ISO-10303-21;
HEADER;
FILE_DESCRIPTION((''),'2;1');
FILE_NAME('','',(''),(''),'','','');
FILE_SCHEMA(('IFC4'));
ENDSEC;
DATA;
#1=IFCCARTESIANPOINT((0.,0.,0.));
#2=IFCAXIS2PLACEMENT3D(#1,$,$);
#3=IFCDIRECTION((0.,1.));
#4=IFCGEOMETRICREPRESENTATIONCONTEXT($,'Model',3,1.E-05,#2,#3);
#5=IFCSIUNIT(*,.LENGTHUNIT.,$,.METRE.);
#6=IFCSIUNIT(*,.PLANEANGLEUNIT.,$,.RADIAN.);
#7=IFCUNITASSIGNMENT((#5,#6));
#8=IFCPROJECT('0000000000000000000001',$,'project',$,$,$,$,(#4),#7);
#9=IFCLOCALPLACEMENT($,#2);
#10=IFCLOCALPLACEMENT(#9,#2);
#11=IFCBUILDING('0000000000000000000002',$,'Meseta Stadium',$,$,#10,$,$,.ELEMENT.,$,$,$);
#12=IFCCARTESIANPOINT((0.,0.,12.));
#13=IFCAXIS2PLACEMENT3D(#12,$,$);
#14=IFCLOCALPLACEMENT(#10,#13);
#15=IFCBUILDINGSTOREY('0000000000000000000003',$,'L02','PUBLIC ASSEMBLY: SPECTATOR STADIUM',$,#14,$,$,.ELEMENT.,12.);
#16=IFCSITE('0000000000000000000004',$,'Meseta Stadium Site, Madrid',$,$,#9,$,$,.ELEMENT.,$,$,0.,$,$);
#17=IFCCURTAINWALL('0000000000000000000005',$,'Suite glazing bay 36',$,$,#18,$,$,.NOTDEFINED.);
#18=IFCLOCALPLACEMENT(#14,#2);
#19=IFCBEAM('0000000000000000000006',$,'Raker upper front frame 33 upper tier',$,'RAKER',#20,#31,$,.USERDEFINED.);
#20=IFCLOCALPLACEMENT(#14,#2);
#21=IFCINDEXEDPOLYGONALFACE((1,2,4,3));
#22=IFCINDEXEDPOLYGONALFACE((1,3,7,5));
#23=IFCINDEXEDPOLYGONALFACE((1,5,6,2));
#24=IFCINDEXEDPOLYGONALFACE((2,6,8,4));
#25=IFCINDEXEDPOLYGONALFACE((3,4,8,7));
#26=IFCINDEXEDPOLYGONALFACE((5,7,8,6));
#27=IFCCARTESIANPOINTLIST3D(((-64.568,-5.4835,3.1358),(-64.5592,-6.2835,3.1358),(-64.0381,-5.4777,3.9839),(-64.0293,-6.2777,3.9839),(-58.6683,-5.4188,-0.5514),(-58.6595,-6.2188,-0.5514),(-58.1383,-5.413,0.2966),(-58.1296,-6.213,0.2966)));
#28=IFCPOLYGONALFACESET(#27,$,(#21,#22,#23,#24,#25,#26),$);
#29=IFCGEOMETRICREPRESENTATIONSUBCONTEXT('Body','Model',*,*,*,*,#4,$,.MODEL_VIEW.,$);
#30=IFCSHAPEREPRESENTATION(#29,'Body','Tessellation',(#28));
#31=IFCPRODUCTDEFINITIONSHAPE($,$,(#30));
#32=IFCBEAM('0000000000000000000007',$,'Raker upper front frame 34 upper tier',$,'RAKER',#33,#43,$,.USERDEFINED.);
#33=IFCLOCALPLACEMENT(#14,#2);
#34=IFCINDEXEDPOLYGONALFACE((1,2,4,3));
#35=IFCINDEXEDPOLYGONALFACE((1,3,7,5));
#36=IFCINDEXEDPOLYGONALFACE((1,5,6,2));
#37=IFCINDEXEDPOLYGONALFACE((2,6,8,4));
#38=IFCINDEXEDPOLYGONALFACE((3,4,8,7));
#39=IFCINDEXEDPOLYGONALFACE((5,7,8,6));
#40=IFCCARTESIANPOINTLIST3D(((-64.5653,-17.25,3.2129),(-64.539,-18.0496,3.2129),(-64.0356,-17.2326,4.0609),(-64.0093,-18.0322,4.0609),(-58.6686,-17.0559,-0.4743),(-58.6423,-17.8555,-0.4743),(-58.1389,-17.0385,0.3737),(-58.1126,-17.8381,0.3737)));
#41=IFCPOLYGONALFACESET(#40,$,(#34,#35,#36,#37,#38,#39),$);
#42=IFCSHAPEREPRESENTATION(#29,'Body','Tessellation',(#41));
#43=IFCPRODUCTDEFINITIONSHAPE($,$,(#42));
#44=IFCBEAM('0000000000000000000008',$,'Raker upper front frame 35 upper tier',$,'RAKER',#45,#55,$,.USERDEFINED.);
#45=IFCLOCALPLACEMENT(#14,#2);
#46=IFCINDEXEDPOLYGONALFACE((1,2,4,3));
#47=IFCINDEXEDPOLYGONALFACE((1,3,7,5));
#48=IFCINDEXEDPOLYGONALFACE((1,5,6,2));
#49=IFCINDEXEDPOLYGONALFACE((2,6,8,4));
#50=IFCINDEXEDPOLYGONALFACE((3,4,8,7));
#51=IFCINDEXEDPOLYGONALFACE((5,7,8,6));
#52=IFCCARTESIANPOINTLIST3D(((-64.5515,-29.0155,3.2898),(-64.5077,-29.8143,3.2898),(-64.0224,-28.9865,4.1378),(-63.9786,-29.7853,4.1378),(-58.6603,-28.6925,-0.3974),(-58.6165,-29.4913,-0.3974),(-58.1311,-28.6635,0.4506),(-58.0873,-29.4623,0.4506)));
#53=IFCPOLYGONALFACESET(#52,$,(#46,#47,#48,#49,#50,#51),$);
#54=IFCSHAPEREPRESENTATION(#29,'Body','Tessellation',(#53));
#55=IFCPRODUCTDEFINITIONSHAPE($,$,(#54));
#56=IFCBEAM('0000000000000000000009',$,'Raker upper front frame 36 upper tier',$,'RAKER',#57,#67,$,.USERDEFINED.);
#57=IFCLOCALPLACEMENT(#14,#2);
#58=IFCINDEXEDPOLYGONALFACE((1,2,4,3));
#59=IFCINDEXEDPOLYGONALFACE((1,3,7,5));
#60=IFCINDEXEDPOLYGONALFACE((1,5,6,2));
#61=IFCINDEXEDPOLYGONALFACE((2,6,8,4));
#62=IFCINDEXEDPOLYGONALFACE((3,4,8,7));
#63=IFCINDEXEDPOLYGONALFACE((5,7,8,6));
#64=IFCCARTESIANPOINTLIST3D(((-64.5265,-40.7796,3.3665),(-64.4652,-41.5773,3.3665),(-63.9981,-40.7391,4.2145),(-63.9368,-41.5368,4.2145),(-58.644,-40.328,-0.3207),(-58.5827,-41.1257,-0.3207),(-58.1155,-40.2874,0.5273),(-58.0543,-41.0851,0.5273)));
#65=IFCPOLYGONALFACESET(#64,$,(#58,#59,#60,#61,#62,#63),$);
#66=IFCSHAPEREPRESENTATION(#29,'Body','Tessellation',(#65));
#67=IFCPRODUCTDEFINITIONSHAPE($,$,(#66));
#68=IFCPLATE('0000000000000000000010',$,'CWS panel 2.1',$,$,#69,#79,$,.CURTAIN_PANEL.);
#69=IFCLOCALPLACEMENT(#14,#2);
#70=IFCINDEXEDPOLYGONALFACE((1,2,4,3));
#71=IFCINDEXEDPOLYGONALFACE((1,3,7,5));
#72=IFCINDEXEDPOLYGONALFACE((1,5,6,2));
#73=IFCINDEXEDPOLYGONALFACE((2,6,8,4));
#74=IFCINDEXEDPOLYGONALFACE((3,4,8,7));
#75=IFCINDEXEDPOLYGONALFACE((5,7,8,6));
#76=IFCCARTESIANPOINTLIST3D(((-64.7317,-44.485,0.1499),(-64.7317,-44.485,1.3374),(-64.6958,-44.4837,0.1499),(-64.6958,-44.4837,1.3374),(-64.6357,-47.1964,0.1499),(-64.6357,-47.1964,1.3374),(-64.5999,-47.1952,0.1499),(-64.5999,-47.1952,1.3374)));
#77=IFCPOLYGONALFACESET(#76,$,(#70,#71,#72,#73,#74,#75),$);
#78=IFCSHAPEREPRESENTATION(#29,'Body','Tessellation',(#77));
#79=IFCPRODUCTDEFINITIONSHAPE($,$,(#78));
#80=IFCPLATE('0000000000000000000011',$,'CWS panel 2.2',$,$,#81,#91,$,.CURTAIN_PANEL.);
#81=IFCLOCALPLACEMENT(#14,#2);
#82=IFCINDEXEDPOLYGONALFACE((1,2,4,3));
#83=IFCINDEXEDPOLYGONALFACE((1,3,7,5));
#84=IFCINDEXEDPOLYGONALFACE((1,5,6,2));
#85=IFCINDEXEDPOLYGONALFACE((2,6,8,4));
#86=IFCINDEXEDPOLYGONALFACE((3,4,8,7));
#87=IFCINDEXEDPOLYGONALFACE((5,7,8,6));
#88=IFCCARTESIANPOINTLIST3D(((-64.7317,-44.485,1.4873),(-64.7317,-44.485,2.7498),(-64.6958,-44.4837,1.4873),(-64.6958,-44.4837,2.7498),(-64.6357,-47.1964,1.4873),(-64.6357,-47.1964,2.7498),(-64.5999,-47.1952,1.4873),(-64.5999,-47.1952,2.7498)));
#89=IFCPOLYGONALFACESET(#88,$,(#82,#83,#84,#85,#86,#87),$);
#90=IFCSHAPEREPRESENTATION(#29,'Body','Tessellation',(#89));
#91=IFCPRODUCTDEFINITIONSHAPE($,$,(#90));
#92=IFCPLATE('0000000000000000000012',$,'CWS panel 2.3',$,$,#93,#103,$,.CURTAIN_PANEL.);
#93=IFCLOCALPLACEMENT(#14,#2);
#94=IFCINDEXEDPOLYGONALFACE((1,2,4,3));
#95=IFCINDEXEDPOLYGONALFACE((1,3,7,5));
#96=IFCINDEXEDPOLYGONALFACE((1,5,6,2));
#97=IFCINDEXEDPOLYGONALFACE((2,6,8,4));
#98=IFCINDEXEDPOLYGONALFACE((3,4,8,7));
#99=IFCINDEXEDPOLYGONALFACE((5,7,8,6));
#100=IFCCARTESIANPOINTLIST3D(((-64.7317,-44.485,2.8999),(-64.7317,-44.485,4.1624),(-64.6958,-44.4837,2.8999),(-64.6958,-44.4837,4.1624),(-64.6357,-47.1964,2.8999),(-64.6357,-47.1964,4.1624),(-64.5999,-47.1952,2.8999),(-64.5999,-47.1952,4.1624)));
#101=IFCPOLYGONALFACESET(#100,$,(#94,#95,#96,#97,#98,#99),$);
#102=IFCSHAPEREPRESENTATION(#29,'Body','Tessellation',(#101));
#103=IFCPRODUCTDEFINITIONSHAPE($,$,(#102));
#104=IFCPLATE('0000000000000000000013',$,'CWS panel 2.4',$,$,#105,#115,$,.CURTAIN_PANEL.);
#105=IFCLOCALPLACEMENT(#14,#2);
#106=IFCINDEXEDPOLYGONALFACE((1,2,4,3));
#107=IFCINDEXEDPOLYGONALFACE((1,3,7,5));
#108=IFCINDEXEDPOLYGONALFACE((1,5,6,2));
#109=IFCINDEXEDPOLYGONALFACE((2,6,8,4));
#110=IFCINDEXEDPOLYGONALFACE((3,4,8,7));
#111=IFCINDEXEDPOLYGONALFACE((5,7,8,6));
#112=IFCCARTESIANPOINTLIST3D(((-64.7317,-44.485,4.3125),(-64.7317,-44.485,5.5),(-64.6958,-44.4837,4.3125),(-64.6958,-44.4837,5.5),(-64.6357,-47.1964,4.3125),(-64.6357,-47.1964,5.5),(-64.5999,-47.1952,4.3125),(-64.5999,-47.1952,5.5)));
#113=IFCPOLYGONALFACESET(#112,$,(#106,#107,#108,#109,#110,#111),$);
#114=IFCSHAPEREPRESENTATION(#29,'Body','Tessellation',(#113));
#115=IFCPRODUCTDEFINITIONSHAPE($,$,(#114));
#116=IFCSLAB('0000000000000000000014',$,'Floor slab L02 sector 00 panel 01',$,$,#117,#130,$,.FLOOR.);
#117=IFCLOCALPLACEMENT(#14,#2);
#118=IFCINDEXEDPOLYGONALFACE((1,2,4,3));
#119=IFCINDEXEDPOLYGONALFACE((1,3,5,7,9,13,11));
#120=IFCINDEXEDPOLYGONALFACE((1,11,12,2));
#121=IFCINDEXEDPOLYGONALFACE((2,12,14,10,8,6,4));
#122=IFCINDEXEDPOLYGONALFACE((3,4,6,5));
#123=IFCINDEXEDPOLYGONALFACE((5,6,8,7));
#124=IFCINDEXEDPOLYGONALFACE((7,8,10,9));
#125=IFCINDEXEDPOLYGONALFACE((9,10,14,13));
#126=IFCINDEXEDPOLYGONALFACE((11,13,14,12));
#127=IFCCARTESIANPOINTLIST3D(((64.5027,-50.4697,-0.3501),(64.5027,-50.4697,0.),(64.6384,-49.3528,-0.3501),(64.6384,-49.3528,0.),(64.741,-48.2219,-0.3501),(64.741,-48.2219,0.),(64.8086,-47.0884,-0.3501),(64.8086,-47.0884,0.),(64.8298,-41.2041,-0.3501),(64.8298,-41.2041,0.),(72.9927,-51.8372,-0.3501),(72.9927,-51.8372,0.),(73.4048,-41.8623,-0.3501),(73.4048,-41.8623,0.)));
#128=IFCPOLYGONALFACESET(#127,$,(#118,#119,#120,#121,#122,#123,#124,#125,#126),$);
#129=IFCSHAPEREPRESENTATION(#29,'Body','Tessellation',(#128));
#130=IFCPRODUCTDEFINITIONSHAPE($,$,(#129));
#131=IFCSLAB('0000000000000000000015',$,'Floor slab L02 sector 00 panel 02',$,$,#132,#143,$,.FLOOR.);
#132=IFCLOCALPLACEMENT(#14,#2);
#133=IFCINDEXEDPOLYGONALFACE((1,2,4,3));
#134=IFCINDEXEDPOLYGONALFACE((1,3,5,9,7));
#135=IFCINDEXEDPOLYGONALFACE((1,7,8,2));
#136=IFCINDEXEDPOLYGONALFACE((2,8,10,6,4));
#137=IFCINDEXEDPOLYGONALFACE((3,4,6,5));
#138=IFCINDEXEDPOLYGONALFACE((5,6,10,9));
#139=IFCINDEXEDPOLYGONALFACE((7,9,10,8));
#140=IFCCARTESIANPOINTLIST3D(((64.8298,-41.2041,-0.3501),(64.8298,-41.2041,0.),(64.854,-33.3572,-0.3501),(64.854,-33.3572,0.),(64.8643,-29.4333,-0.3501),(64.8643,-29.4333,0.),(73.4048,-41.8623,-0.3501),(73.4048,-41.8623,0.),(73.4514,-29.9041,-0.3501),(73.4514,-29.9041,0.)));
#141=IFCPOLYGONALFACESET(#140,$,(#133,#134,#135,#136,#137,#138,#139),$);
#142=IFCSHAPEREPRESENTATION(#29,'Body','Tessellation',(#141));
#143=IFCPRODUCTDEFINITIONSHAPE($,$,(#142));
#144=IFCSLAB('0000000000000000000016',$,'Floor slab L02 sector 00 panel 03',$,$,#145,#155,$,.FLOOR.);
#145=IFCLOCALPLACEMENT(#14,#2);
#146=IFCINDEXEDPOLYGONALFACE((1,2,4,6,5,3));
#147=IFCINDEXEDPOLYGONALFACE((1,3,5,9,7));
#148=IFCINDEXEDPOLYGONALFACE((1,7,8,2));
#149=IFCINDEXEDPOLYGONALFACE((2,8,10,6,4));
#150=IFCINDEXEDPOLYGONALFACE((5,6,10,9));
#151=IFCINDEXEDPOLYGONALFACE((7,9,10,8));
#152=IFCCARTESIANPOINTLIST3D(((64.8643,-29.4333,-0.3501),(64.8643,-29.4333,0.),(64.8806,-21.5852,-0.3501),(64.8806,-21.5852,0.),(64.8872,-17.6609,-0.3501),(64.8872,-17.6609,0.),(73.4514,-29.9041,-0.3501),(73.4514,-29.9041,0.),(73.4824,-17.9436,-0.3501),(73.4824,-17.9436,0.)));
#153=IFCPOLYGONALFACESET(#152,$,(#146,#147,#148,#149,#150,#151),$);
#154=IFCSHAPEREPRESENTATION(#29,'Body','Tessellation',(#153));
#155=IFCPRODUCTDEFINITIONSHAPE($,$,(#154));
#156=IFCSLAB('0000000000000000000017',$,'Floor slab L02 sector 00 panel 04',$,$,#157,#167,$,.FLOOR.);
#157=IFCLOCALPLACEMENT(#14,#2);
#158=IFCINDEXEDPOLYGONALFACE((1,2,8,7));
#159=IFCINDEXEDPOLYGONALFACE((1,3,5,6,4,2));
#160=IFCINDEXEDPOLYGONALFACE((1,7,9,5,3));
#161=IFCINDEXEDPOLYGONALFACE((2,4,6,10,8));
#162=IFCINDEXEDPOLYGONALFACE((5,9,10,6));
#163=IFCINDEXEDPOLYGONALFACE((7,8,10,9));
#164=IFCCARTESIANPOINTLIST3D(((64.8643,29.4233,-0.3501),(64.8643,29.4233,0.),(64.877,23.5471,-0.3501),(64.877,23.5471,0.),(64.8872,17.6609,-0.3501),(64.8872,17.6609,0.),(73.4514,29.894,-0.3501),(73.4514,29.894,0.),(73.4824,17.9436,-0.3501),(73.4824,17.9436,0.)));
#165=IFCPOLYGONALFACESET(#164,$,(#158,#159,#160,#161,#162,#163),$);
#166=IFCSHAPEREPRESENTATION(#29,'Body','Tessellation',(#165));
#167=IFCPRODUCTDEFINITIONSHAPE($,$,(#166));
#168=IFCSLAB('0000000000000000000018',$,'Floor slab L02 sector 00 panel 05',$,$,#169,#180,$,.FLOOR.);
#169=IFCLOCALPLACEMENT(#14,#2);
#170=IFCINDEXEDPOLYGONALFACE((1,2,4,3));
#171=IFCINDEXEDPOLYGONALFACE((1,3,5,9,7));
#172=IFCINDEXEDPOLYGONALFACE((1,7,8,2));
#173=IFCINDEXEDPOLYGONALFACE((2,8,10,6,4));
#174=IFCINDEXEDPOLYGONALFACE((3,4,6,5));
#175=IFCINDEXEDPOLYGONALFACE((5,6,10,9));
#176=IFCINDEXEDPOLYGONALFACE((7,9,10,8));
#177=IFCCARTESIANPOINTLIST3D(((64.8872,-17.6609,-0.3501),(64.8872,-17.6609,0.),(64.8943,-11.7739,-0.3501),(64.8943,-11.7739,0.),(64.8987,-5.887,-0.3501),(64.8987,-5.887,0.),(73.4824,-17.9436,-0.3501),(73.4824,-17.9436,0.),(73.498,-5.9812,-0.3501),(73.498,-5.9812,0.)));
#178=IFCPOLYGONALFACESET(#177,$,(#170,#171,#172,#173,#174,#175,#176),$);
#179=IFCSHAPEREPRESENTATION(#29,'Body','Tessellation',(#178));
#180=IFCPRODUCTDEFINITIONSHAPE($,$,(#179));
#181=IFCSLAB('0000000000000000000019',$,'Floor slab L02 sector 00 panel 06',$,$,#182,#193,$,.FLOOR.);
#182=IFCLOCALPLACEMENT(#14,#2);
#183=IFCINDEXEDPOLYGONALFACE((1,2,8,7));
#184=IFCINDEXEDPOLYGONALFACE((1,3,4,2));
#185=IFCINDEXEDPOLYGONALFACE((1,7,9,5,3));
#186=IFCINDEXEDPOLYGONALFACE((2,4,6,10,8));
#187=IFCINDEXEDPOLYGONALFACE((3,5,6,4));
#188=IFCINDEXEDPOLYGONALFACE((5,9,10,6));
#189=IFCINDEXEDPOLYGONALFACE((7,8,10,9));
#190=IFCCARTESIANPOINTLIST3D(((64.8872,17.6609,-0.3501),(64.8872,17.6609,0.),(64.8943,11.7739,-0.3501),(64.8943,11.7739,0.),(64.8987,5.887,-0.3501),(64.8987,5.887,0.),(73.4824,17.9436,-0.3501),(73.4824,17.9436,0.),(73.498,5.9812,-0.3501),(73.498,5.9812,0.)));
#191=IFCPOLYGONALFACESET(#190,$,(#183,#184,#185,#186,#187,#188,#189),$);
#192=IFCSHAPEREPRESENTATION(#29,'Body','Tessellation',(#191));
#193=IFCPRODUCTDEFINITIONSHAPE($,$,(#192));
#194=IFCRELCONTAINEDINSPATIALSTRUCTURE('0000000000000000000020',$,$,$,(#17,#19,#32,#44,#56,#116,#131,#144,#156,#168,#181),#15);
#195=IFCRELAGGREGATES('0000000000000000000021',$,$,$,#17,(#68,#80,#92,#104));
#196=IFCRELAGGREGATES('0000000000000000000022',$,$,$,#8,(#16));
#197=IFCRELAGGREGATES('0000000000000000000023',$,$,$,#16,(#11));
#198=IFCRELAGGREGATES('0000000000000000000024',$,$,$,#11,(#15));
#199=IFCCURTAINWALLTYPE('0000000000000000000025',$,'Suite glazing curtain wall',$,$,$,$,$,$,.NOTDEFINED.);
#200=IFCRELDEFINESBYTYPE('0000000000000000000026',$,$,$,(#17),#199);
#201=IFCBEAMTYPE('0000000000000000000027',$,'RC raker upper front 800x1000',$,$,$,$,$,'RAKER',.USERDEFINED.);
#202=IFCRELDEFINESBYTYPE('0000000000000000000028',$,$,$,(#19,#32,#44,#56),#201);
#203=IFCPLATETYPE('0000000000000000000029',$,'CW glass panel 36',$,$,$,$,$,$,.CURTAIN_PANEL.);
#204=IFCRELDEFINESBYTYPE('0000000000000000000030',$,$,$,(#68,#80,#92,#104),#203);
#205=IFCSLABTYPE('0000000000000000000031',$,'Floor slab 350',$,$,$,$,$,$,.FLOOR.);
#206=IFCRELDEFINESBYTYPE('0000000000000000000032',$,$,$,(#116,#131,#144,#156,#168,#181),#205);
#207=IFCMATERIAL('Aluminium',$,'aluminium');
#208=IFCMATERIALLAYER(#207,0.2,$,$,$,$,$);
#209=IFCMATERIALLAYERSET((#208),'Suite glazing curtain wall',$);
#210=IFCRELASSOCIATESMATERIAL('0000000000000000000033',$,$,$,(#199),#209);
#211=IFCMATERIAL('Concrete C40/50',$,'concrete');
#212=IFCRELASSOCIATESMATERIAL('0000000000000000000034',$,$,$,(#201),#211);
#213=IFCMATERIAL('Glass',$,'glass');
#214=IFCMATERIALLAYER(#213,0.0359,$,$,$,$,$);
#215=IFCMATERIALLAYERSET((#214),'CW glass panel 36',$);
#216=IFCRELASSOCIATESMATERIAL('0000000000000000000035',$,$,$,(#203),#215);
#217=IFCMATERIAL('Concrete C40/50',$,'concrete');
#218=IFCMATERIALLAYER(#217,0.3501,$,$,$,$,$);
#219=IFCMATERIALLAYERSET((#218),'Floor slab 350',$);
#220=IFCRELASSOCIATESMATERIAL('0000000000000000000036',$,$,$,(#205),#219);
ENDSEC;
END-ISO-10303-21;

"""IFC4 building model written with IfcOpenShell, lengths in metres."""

from ifc_helpers import new_model, si_unit, direction, frame, origin, origin_2d, place, context, subcontext, project, spatial, polyline, rectangle, outline, extrude, material, layer, layer_set, material_profile, profile_set, type_object, element, aggregate, save


model = new_model("IFC4")

# Units and contexts
model_context = context("Model", 3, precision=1e-05, world=origin(), true_north=direction((0.0, 1.0)))
body_context = subcontext(model_context, "Body", "Model", "MODEL_VIEW")
ifc_project = project(units=[si_unit("LENGTHUNIT", "METRE"), si_unit("PLANEANGLEUNIT", "RADIAN")], contexts=[model_context])

# Site, building, storey
site_placement = place(None, origin())
site = spatial("IfcSite", under=ifc_project, at=site_placement, Name="Meseta Stadium Site, Madrid", CompositionType="ELEMENT", RefElevation=0.0)
building_placement = place(site_placement, origin())
building = spatial("IfcBuilding", under=site, at=building_placement, Name="Meseta Stadium", CompositionType="ELEMENT")
storey_placement = place(building_placement, frame((0.0, 0.0, 12.0)))
storey = spatial("IfcBuildingStorey", under=building, at=storey_placement, Name="L02", Description="PUBLIC ASSEMBLY: SPECTATOR STADIUM", CompositionType="ELEMENT", Elevation=12.0)

# Curtain wall
ifc_material_1 = material(Name="Aluminium", Category="aluminium")
ifc_layer_1 = layer(ifc_material_1, 0.2)
ifc_layer_set_1 = layer_set([ifc_layer_1], Name="Suite glazing curtain wall")
curtain_wall_type = type_object("IfcCurtainWallType", Name="Suite glazing curtain wall", PredefinedType="NOTDEFINED", material=ifc_layer_set_1)
curtain_wall_placement = place(storey_placement, origin())
curtain_wall = element("IfcCurtainWall", 1, at=curtain_wall_placement, inside=storey, type_object=curtain_wall_type, Name="Suite glazing bay 36", PredefinedType="NOTDEFINED")

# Beams
ifc_material_2 = material(Name="Concrete C40/50", Category="concrete")
ifc_material_profile_1 = material_profile(ifc_material_2, rectangle(XDim=0.8, YDim=1.0, at=origin_2d()), Name="RC 800x1000")
ifc_profile_set_1 = profile_set([ifc_material_profile_1], Name="Concrete C40/50")
beam_type = type_object("IfcBeamType", Name="RC raker upper front 800x1000", ElementType="RAKER", PredefinedType="USERDEFINED", material=ifc_profile_set_1)
beam_1_placement = place(storey_placement, frame((-58.3989, -5.8159, -0.1274), z_axis=(-0.847964, -0.009299, 0.529973), x_axis=(0.010966, -0.99994, 0.0)))
element("IfcBeam", 2, at=beam_1_placement, inside=storey, type_object=beam_type, Name="Raker upper front frame 33 upper tier", ObjectType="RAKER", PredefinedType="USERDEFINED", context=body_context, shape_type="SweptSolid", body=[
    extrude(rectangle(XDim=0.8, YDim=1.0, at=origin_2d()), origin(), (0.0, 0.0, 1.0), 6.9575),
])
beam_2_placement = place(storey_placement, frame((-58.3906, -17.447, -0.0503), z_axis=(-0.847552, -0.027897, 0.529979), x_axis=(0.032897, -0.999459, 0.0)))
element("IfcBeam", 3, at=beam_2_placement, inside=storey, type_object=beam_type, Name="Raker upper front frame 34 upper tier", ObjectType="RAKER", PredefinedType="USERDEFINED", context=body_context, shape_type="SweptSolid", body=[
    extrude(rectangle(XDim=0.8, YDim=1.0, at=origin_2d()), origin(), (0.0, 0.0, 1.0), 6.9573),
])
beam_3_placement = place(storey_placement, frame((-58.3738, -29.0774, 0.0266), z_axis=(-0.846751, -0.046424, 0.52996), x_axis=(0.054744, -0.9985, 0.0)))
element("IfcBeam", 4, at=beam_3_placement, inside=storey, type_object=beam_type, Name="Raker upper front frame 35 upper tier", ObjectType="RAKER", PredefinedType="USERDEFINED", context=body_context, shape_type="SweptSolid", body=[
    extrude(rectangle(XDim=0.8, YDim=1.0, at=origin_2d()), origin(), (0.0, 0.0, 1.0), 6.9575),
])
beam_4_placement = place(storey_placement, frame((-58.3491, -40.7065, 0.1033), z_axis=(-0.845521, -0.064919, 0.529981), x_axis=(0.076554, -0.997065, 0.0)))
element("IfcBeam", 5, at=beam_4_placement, inside=storey, type_object=beam_type, Name="Raker upper front frame 36 upper tier", ObjectType="RAKER", PredefinedType="USERDEFINED", context=body_context, shape_type="SweptSolid", body=[
    extrude(rectangle(XDim=0.8, YDim=1.0, at=origin_2d()), origin(), (0.0, 0.0, 1.0), 6.9573),
])

# Plates
ifc_material_3 = material(Name="Glass", Category="glass")
ifc_layer_2 = layer(ifc_material_3, 0.0359)
ifc_layer_set_2 = layer_set([ifc_layer_2], Name="CW glass panel 36")
plate_type = type_object("IfcPlateType", Name="CW glass panel 36", PredefinedType="CURTAIN_PANEL", material=ifc_layer_set_2)
plate_1_placement = place(storey_placement, frame((-64.6658, -45.8401, 0.1499), z_axis=(0.0, 0.0, 1.0), x_axis=(0.035371, -0.999374, 0.0)))
plate_1 = element("IfcPlate", 6, at=plate_1_placement, type_object=plate_type, Name="CWS panel 2.1", PredefinedType="CURTAIN_PANEL", context=body_context, shape_type="SweptSolid", body=[
    extrude(rectangle(XDim=2.7131, YDim=0.0359, at=origin_2d()), origin(), (0.0, 0.0, 1.0), 1.1875),
])
plate_2_placement = place(storey_placement, frame((-64.6658, -45.8401, 1.4873), z_axis=(0.0, 0.0, 1.0), x_axis=(0.035371, -0.999374, 0.0)))
plate_2 = element("IfcPlate", 7, at=plate_2_placement, type_object=plate_type, Name="CWS panel 2.2", PredefinedType="CURTAIN_PANEL", context=body_context, shape_type="SweptSolid", body=[
    extrude(rectangle(XDim=2.7131, YDim=0.0359, at=origin_2d()), origin(), (0.0, 0.0, 1.0), 1.2625),
])
plate_3_placement = place(storey_placement, frame((-64.6658, -45.8401, 2.8999), z_axis=(0.0, 0.0, 1.0), x_axis=(0.035371, -0.999374, 0.0)))
plate_3 = element("IfcPlate", 8, at=plate_3_placement, type_object=plate_type, Name="CWS panel 2.3", PredefinedType="CURTAIN_PANEL", context=body_context, shape_type="SweptSolid", body=[
    extrude(rectangle(XDim=2.7131, YDim=0.0359, at=origin_2d()), origin(), (0.0, 0.0, 1.0), 1.2625),
])
plate_4_placement = place(storey_placement, frame((-64.6658, -45.8401, 4.3125), z_axis=(0.0, 0.0, 1.0), x_axis=(0.035371, -0.999374, 0.0)))
plate_4 = element("IfcPlate", 9, at=plate_4_placement, type_object=plate_type, Name="CWS panel 2.4", PredefinedType="CURTAIN_PANEL", context=body_context, shape_type="SweptSolid", body=[
    extrude(rectangle(XDim=2.7131, YDim=0.0359, at=origin_2d()), origin(), (0.0, 0.0, 1.0), 1.1875),
])
aggregate(curtain_wall, [plate_1, plate_2, plate_3, plate_4])

# Slabs
ifc_material_4 = material(Name="Concrete C40/50", Category="concrete")
ifc_layer_3 = layer(ifc_material_4, 0.3501)
ifc_layer_set_3 = layer_set([ifc_layer_3], Name="Floor slab 350")
slab_type_1 = type_object("IfcSlabType", Name="Floor slab 350", PredefinedType="FLOOR", material=ifc_layer_set_3)
slab_1_placement = place(storey_placement, frame((0.0, 0.0, -0.3501)))
element("IfcSlab", 10, at=slab_1_placement, inside=storey, type_object=slab_type_1, Name="Floor slab L02 sector 00 panel 01", PredefinedType="FLOOR", context=body_context, shape_type="SweptSolid", body=[
    extrude(outline(polyline([(64.6384, -49.3528), (64.5027, -50.4697), (72.9927, -51.8372), (73.4048, -41.8623), (64.8298, -41.2041), (64.8086, -47.0884), (64.741, -48.2219), (64.6384, -49.3528)])), origin(), (0.0, 0.0, 1.0), 0.3501),
])
slab_2_placement = place(storey_placement, frame((0.0, 0.0, -0.3501)))
element("IfcSlab", 11, at=slab_2_placement, inside=storey, type_object=slab_type_1, Name="Floor slab L02 sector 00 panel 02", PredefinedType="FLOOR", context=body_context, shape_type="SweptSolid", body=[
    extrude(outline(polyline([(64.854, -33.3572), (64.8298, -41.2041), (73.4048, -41.8623), (73.4514, -29.9041), (64.8643, -29.4333), (64.854, -33.3572)])), origin(), (0.0, 0.0, 1.0), 0.3501),
])
slab_3_placement = place(storey_placement, frame((0.0, 0.0, -0.3501)))
element("IfcSlab", 12, at=slab_3_placement, inside=storey, type_object=slab_type_1, Name="Floor slab L02 sector 00 panel 03", PredefinedType="FLOOR", context=body_context, shape_type="SweptSolid", body=[
    extrude(outline(polyline([(64.8806, -21.5852), (64.8643, -29.4333), (73.4514, -29.9041), (73.4824, -17.9436), (64.8872, -17.6609), (64.8806, -21.5852)])), origin(), (0.0, 0.0, 1.0), 0.3501),
])
slab_4_placement = place(storey_placement, frame((0.0, 0.0, -0.3501)))
element("IfcSlab", 13, at=slab_4_placement, inside=storey, type_object=slab_type_1, Name="Floor slab L02 sector 00 panel 04", PredefinedType="FLOOR", context=body_context, shape_type="SweptSolid", body=[
    extrude(outline(polyline([(73.4514, 29.894), (64.8643, 29.4233), (64.877, 23.5471), (64.8872, 17.6609), (73.4824, 17.9436), (73.4514, 29.894)])), origin(), (0.0, 0.0, 1.0), 0.3501),
])
slab_5_placement = place(storey_placement, frame((0.0, 0.0, -0.3501)))
element("IfcSlab", 14, at=slab_5_placement, inside=storey, type_object=slab_type_1, Name="Floor slab L02 sector 00 panel 05", PredefinedType="FLOOR", context=body_context, shape_type="SweptSolid", body=[
    extrude(outline(polyline([(64.8943, -11.7739), (64.8872, -17.6609), (73.4824, -17.9436), (73.498, -5.9812), (64.8987, -5.887), (64.8943, -11.7739)])), origin(), (0.0, 0.0, 1.0), 0.3501),
])
slab_6_placement = place(storey_placement, frame((0.0, 0.0, -0.3501)))
element("IfcSlab", 15, at=slab_6_placement, inside=storey, type_object=slab_type_1, Name="Floor slab L02 sector 00 panel 06", PredefinedType="FLOOR", context=body_context, shape_type="SweptSolid", body=[
    extrude(outline(polyline([(64.8943, 11.7739), (64.8987, 5.887), (73.498, 5.9812), (73.4824, 17.9436), (64.8872, 17.6609), (64.8943, 11.7739)])), origin(), (0.0, 0.0, 1.0), 0.3501),
])

save(model, "model.ifc")
